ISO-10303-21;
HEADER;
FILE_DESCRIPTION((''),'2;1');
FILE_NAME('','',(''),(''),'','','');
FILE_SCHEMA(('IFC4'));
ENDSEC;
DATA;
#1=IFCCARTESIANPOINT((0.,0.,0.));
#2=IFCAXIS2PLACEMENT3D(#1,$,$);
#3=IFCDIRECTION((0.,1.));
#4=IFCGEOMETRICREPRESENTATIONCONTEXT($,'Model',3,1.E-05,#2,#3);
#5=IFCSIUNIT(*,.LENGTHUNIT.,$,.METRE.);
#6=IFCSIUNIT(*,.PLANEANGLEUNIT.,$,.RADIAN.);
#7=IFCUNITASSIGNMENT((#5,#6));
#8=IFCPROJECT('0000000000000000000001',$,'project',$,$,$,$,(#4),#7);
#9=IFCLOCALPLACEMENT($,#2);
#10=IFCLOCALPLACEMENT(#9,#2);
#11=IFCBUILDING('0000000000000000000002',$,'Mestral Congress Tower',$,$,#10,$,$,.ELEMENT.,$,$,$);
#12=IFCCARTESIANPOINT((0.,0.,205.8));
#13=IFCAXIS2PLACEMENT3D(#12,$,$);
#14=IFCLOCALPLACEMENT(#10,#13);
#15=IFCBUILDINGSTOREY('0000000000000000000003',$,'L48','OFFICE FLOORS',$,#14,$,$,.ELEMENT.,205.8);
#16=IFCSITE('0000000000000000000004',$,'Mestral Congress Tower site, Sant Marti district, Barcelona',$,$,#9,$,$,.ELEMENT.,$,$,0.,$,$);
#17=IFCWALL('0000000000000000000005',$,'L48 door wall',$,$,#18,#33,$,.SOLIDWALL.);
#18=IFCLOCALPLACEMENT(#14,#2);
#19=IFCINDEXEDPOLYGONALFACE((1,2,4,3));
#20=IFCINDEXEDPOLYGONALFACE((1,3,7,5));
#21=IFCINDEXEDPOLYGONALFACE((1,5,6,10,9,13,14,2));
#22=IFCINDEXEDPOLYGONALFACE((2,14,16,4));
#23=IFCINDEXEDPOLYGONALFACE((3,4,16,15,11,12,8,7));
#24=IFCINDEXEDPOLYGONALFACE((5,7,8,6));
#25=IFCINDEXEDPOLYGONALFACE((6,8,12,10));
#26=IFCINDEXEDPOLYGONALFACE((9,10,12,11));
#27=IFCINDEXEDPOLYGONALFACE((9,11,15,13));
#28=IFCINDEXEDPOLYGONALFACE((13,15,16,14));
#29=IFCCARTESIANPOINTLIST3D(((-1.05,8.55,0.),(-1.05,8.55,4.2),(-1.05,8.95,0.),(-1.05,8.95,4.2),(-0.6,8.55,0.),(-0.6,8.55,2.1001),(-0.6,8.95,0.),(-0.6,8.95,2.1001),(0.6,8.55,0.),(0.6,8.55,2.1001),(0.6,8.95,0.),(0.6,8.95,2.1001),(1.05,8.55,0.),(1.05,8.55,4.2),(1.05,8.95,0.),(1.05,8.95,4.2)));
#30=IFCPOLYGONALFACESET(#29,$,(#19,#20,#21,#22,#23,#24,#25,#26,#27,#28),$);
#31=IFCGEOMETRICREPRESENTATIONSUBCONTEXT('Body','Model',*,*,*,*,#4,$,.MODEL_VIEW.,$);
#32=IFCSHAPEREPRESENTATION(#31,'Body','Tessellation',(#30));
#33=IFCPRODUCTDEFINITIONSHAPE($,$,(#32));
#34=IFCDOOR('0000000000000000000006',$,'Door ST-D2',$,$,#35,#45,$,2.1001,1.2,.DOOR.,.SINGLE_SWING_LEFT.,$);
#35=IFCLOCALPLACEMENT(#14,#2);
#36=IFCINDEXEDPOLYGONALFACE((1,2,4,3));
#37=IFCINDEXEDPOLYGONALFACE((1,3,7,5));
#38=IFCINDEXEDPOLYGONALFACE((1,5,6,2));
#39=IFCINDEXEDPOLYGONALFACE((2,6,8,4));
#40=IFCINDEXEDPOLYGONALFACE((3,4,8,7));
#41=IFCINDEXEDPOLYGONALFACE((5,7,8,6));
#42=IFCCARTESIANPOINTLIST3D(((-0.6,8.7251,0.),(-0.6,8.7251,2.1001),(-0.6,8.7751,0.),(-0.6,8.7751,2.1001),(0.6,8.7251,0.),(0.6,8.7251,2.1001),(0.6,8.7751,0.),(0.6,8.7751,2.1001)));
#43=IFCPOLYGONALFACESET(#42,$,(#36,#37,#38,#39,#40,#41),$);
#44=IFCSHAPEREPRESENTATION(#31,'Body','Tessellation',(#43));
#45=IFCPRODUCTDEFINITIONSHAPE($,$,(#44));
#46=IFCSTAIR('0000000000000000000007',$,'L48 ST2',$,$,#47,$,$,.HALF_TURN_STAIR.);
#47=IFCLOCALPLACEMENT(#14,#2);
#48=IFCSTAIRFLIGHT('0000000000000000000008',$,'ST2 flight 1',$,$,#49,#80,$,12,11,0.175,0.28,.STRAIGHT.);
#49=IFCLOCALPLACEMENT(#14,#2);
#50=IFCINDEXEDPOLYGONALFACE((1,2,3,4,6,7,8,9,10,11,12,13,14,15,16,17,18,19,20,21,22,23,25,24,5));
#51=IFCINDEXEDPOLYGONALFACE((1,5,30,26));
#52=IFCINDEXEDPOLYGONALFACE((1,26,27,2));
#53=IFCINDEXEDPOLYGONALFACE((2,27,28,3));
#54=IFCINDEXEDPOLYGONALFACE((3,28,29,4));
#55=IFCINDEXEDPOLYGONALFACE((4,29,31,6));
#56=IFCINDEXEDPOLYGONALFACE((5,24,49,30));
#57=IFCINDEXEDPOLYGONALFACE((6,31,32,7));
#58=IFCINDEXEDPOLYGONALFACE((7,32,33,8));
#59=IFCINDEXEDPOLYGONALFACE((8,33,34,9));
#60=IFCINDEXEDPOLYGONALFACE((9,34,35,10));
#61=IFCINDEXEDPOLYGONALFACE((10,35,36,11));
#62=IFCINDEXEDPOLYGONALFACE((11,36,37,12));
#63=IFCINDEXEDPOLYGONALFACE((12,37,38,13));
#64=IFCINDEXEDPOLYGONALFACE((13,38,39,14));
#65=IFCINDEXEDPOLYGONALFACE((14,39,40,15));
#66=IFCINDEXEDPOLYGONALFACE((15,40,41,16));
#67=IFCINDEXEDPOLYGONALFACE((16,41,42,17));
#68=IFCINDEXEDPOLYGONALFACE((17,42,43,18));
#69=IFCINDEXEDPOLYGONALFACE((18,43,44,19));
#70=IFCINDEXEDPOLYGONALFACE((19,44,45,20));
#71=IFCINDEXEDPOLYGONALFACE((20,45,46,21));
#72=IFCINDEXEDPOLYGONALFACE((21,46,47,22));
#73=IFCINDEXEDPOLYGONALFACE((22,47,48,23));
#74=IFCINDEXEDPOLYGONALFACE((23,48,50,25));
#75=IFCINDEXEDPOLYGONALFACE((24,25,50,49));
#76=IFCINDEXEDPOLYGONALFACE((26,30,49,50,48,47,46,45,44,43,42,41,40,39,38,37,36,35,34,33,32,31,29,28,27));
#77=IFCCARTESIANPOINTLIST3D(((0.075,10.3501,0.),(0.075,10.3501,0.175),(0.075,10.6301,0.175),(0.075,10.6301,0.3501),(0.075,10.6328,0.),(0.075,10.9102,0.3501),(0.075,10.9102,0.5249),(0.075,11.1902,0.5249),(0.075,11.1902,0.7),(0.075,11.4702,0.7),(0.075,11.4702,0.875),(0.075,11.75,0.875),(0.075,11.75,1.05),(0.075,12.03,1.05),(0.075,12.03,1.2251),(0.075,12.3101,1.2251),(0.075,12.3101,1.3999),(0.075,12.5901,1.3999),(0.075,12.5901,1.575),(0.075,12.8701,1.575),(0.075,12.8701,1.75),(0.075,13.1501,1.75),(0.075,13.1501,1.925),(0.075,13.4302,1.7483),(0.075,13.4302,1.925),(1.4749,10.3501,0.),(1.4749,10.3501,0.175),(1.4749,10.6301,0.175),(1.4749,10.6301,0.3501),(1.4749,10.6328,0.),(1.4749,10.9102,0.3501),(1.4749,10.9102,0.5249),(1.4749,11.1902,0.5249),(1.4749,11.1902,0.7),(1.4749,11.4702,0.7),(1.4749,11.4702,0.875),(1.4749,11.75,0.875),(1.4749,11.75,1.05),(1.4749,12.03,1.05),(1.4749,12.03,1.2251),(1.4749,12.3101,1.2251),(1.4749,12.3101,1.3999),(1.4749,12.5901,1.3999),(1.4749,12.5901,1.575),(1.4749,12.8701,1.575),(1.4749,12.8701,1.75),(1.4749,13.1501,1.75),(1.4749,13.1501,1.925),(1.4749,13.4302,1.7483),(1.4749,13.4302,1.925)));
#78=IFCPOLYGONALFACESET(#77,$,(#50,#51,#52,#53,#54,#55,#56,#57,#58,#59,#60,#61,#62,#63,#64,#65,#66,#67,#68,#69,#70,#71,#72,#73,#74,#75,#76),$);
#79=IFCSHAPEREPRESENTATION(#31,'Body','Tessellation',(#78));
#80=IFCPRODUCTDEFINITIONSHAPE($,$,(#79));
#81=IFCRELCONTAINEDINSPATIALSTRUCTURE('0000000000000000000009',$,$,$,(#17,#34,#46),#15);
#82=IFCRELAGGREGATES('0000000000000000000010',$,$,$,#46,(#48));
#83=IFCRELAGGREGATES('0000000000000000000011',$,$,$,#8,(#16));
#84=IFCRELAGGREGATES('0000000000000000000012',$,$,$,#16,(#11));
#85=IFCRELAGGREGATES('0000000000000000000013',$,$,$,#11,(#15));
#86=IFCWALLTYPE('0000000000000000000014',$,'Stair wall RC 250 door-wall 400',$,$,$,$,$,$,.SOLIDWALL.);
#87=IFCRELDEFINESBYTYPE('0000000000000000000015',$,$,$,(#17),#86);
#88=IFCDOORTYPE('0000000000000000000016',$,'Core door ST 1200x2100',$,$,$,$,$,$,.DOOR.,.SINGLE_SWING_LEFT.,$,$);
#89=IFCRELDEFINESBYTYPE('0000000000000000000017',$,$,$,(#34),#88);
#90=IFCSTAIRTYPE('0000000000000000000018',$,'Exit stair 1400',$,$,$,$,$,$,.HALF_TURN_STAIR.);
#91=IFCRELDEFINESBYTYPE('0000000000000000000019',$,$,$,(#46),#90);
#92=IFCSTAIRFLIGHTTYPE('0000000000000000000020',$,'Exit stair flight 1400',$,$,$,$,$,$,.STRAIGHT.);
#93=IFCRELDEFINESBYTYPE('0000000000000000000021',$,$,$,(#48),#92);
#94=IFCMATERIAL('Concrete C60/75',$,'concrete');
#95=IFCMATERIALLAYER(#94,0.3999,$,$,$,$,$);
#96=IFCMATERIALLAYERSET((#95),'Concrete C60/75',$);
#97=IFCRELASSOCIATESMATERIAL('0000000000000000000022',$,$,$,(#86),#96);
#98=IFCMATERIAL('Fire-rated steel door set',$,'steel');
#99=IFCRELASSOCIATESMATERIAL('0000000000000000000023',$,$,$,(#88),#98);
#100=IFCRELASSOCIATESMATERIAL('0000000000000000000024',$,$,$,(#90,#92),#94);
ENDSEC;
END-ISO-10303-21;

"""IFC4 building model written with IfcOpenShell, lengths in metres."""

from ifc_helpers import new_model, si_unit, direction, frame, frame_2d, origin, place, context, subcontext, project, spatial, polyline, rectangle, outline, extrude, material, layer, layer_set, type_object, element, fill, aggregate, save


model = new_model("IFC4")

# Units and contexts
model_context = context("Model", 3, precision=1e-05, world=origin(), true_north=direction((0.0, 1.0)))
body_context = subcontext(model_context, "Body", "Model", "MODEL_VIEW")
ifc_project = project(units=[si_unit("LENGTHUNIT", "METRE"), si_unit("PLANEANGLEUNIT", "RADIAN")], contexts=[model_context])

# Site, building, storey
site_placement = place(None, origin())
site = spatial("IfcSite", under=ifc_project, at=site_placement, Name="Mestral Congress Tower site, Sant Marti district, Barcelona", CompositionType="ELEMENT", RefElevation=0.0)
building_placement = place(site_placement, origin())
building = spatial("IfcBuilding", under=site, at=building_placement, Name="Mestral Congress Tower", CompositionType="ELEMENT")
storey_placement = place(building_placement, frame((0.0, 0.0, 205.8)))
storey = spatial("IfcBuildingStorey", under=building, at=storey_placement, Name="L48", Description="OFFICE FLOORS", CompositionType="ELEMENT", Elevation=205.8)

# Shared definitions
ifc_material_1 = material(Name="Concrete C60/75", Category="concrete")

# Shared definitions
ifc_material_2 = material(Name="Fire-rated steel door set", Category="steel")

# Wall, opening, door
ifc_layer_1 = layer(ifc_material_1, 0.3999)
ifc_layer_set_1 = layer_set([ifc_layer_1], Name="Concrete C60/75")
wall_type_1 = type_object("IfcWallType", Name="Stair wall RC 250 door-wall 400", PredefinedType="SOLIDWALL", material=ifc_layer_set_1)
wall_1_placement = place(storey_placement, frame((1.05, 8.75, 0.0), z_axis=(0.0, 0.0, 1.0), x_axis=(-1.0, 0.0, 0.0)))
wall_1 = element("IfcWall", 1, at=wall_1_placement, inside=storey, type_object=wall_type_1, Name="L48 door wall", PredefinedType="SOLIDWALL", context=body_context, shape_type="SweptSolid", body=[
    extrude(rectangle(XDim=2.1001, YDim=0.3999, at=frame_2d((1.05, 0.0))), origin(), (0.0, 0.0, 1.0), 4.2),
])
opening_1_placement = place(wall_1_placement, frame((0.45, 0.0, 0.0)))
opening_1 = element("IfcOpeningElement", 2, at=opening_1_placement, cuts=wall_1, PredefinedType="OPENING", context=body_context, shape_type="SweptSolid", body=[
    extrude(rectangle(XDim=1.2, YDim=2.1001, at=frame_2d((0.6001, 1.05))), frame((0.0, 0.21, 0.0), z_axis=(0.0, -1.0, 0.0), x_axis=(1.0, 0.0, 0.0)), (0.0, 0.0, 1.0), 0.4199),
])
door_type_1 = type_object("IfcDoorType", Name="Core door ST 1200x2100", OperationType="SINGLE_SWING_LEFT", PredefinedType="DOOR", material=ifc_material_2)
door_1_placement = place(opening_1_placement, origin())
door_1 = element("IfcDoor", 3, at=door_1_placement, inside=storey, type_object=door_type_1, Name="Door ST-D2", OperationType="SINGLE_SWING_LEFT", OverallHeight=2.1001, OverallWidth=1.2, PredefinedType="DOOR", context=body_context, shape_type="SweptSolid", body=[
    extrude(rectangle(XDim=1.2, YDim=2.1001, at=frame_2d((0.6001, 1.05))), frame((0.0, 0.0249, 0.0), z_axis=(0.0, -1.0, 0.0), x_axis=(1.0, 0.0, 0.0)), (0.0, 0.0, 1.0), 0.05),
])
fill(opening_1, door_1)

# Stair, stair flight
stair_type = type_object("IfcStairType", Name="Exit stair 1400", PredefinedType="HALF_TURN_STAIR", material=ifc_material_1)
stair_placement = place(storey_placement, origin())
stair = element("IfcStair", 4, at=stair_placement, inside=storey, type_object=stair_type, Name="L48 ST2", PredefinedType="HALF_TURN_STAIR")
stair_flight_type = type_object("IfcStairFlightType", Name="Exit stair flight 1400", PredefinedType="STRAIGHT", material=ifc_material_1)
stair_flight_placement = place(storey_placement, frame((0.7749, 10.3501, 0.0), z_axis=(0.0, 0.0, 1.0), x_axis=(0.0, 1.0, 0.0)))
stair_flight = element("IfcStairFlight", 5, at=stair_flight_placement, type_object=stair_flight_type, Name="ST2 flight 1", NumberOfRisers=12, NumberOfTreads=11, PredefinedType="STRAIGHT", RiserHeight=0.175, TreadLength=0.28, context=body_context, shape_type="SweptSolid", body=[
    extrude(outline(polyline([(0.0, 0.0), (0.0, 0.175), (0.28, 0.175), (0.28, 0.3501), (0.5601, 0.3501), (0.5601, 0.5249), (0.8401, 0.5249), (0.8401, 0.7), (1.1201, 0.7), (1.1201, 0.875), (1.3999, 0.875), (1.3999, 1.05), (1.6799, 1.05), (1.6799, 1.2251), (1.96, 1.2251), (1.96, 1.3999), (2.24, 1.3999), (2.24, 1.575), (2.52, 1.575), (2.52, 1.75), (2.8, 1.75), (2.8, 1.925), (3.0801, 1.925), (3.0801, 2.1001), (3.0801, 1.7483), (0.2827, 0.0), (0.0, 0.0)])), frame((0.0, 0.7, 0.0), z_axis=(0.0, -1.0, 0.0), x_axis=(1.0, 0.0, 0.0)), (0.0, 0.0, 1.0), 1.3999),
])
aggregate(stair, [stair_flight])

save(model, "model.ifc")
